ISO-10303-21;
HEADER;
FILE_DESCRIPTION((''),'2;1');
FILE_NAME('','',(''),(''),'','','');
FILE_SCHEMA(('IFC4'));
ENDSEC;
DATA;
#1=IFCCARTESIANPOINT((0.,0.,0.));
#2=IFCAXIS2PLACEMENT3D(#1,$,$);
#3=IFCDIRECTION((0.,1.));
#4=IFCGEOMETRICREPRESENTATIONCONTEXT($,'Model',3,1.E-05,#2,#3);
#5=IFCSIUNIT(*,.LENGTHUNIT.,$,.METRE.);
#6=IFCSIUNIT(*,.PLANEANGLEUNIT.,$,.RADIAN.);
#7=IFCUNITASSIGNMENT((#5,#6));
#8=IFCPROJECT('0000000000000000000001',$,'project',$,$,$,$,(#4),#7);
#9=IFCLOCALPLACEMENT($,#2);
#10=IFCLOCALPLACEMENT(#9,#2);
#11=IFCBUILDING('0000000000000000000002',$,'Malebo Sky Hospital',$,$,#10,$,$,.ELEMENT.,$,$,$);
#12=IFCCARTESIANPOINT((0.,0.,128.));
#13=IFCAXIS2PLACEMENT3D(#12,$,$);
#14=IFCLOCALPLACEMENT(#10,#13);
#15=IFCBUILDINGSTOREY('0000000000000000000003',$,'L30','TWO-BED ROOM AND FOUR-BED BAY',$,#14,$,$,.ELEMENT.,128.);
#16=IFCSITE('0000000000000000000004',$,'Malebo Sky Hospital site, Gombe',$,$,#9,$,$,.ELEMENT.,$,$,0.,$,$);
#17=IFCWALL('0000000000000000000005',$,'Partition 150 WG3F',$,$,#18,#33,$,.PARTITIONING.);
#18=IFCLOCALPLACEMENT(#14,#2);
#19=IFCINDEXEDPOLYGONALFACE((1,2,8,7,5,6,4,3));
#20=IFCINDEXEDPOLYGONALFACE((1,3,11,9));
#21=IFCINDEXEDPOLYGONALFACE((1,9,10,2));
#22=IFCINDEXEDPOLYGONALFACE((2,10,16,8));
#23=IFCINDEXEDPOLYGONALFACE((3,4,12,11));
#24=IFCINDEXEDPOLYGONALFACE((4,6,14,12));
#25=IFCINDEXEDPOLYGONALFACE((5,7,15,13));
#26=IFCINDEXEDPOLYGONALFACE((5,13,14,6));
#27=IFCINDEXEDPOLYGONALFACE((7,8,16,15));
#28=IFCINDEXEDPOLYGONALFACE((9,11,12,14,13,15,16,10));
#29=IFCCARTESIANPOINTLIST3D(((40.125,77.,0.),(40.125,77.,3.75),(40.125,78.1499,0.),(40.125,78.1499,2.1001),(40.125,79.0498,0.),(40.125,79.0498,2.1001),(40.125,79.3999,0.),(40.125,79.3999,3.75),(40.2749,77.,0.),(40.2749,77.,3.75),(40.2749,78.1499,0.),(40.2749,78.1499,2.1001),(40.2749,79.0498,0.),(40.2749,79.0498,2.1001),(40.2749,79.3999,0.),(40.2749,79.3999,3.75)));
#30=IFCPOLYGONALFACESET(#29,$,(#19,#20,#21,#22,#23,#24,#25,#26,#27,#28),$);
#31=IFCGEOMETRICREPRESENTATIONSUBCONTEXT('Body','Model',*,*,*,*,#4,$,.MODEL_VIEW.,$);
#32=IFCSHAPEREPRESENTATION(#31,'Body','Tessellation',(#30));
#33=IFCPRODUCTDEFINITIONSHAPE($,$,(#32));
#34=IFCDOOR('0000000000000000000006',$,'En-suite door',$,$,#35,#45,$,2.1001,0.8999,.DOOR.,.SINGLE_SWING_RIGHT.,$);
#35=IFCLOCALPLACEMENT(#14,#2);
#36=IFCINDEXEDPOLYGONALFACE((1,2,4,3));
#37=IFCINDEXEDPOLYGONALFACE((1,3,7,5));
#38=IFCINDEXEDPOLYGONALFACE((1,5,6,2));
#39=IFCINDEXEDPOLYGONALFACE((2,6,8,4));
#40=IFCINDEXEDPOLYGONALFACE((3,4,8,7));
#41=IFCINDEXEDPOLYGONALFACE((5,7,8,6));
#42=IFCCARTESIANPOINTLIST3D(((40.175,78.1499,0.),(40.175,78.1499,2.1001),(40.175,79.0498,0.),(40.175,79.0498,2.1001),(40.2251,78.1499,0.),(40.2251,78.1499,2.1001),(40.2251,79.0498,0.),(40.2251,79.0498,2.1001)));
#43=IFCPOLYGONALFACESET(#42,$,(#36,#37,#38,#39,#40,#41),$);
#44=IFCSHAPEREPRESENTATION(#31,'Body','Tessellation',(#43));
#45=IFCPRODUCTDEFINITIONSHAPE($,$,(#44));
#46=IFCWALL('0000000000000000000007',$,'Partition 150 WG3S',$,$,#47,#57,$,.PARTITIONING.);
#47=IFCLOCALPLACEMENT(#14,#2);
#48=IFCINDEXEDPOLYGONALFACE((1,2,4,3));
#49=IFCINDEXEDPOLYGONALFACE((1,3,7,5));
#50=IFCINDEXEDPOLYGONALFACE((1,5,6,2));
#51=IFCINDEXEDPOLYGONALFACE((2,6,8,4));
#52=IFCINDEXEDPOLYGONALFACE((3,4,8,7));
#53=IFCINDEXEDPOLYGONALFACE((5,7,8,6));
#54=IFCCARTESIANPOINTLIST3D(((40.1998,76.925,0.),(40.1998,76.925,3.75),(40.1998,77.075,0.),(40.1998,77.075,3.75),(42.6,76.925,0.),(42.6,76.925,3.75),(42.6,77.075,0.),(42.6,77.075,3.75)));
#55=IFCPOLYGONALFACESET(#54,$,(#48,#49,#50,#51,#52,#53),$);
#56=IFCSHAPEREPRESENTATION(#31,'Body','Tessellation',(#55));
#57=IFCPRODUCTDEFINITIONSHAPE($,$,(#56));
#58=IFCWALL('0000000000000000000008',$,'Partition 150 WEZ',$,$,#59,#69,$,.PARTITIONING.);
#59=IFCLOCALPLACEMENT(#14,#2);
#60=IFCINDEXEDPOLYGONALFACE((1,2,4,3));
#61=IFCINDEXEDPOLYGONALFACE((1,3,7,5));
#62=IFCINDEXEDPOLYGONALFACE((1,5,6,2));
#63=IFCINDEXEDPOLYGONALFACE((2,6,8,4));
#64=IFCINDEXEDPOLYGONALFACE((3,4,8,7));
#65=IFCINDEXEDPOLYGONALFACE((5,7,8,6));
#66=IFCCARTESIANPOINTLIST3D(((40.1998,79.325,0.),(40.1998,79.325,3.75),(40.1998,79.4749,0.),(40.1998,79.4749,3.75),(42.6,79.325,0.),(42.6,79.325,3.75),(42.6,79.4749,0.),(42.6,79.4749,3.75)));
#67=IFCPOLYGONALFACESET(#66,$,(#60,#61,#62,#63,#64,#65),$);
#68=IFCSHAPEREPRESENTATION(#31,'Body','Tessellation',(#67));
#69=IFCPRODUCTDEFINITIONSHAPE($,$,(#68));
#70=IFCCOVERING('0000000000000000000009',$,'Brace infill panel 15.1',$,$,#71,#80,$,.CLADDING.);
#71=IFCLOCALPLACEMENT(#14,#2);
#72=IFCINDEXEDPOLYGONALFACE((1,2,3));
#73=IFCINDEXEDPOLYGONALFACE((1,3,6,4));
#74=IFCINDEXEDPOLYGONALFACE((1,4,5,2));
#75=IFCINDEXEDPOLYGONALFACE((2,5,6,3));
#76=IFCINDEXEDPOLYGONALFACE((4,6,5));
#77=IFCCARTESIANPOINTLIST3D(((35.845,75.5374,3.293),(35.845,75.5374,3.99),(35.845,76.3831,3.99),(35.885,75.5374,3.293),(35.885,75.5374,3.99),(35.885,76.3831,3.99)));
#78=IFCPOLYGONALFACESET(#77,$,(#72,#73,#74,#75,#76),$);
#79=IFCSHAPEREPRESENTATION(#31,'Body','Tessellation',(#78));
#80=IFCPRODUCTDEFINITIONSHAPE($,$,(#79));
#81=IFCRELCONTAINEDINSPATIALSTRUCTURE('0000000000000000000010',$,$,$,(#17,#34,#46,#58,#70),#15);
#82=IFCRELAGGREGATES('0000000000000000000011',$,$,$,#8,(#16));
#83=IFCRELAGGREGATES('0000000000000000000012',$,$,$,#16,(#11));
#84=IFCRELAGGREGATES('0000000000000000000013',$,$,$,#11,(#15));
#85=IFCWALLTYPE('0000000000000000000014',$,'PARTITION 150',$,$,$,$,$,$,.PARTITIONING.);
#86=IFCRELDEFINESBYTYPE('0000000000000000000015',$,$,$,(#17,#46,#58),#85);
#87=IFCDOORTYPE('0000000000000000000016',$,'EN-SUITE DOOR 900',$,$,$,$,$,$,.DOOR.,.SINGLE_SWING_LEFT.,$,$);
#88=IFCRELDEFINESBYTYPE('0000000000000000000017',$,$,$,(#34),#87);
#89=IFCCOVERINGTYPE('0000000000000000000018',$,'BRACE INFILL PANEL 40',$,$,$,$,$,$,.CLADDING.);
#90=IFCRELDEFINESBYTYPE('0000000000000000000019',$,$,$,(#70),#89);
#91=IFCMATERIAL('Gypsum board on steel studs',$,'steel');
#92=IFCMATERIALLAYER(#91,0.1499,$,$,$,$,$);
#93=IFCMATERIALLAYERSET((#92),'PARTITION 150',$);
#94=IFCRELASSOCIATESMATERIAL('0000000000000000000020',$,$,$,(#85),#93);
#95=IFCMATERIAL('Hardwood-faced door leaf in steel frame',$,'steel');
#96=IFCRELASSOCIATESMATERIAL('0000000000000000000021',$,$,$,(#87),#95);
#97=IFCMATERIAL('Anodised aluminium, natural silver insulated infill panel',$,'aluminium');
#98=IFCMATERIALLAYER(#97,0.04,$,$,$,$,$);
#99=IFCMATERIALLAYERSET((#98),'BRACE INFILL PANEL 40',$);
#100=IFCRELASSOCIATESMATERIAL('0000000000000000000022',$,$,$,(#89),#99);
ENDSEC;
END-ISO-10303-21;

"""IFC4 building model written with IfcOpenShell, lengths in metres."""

from ifc_helpers import new_model, si_unit, direction, frame, frame_2d, origin, place, context, subcontext, project, spatial, polyline, rectangle, outline, extrude, material, layer, layer_set, type_object, element, fill, save


model = new_model("IFC4")

# Units and contexts
model_context = context("Model", 3, precision=1e-05, world=origin(), true_north=direction((0.0, 1.0)))
body_context = subcontext(model_context, "Body", "Model", "MODEL_VIEW")
ifc_project = project(units=[si_unit("LENGTHUNIT", "METRE"), si_unit("PLANEANGLEUNIT", "RADIAN")], contexts=[model_context])

# Site, building, storey
site_placement = place(None, origin())
site = spatial("IfcSite", under=ifc_project, at=site_placement, Name="Malebo Sky Hospital site, Gombe", CompositionType="ELEMENT", RefElevation=0.0)
building_placement = place(site_placement, origin())
building = spatial("IfcBuilding", under=site, at=building_placement, Name="Malebo Sky Hospital", CompositionType="ELEMENT")
storey_placement = place(building_placement, frame((0.0, 0.0, 128.0)))
storey = spatial("IfcBuildingStorey", under=building, at=storey_placement, Name="L30", Description="TWO-BED ROOM AND FOUR-BED BAY", CompositionType="ELEMENT", Elevation=128.0)

# Shared definitions
ifc_material_1 = material(Name="Gypsum board on steel studs", Category="steel")
ifc_material_2 = material(Name="Hardwood-faced door leaf in steel frame", Category="steel")

# Shared definitions
ifc_layer_1 = layer(ifc_material_1, 0.1499)
ifc_layer_set_1 = layer_set([ifc_layer_1], Name="PARTITION 150")
wall_type_1 = type_object("IfcWallType", Name="PARTITION 150", PredefinedType="PARTITIONING", material=ifc_layer_set_1)

# Wall, opening, door
wall_1_placement = place(storey_placement, frame((40.2, 77.0, 0.0), z_axis=(0.0, 0.0, 1.0), x_axis=(0.0, 1.0, 0.0)))
wall_1 = element("IfcWall", 1, at=wall_1_placement, inside=storey, type_object=wall_type_1, Name="Partition 150 WG3F", PredefinedType="PARTITIONING", context=body_context, shape_type="SweptSolid", body=[
    extrude(rectangle(XDim=2.3999, YDim=0.1499, at=frame_2d((1.2, 0.0))), origin(), (0.0, 0.0, 1.0), 3.75),
])
opening_1_placement = place(wall_1_placement, frame((1.1499, 0.0, 0.0)))
opening_1 = element("IfcOpeningElement", 2, at=opening_1_placement, cuts=wall_1, PredefinedType="OPENING", context=body_context, shape_type="SweptSolid", body=[
    extrude(rectangle(XDim=0.8999, YDim=2.1001, at=frame_2d((0.45, 1.05))), frame((0.0, 0.085, 0.0), z_axis=(0.0, -1.0, 0.0), x_axis=(1.0, 0.0, 0.0)), (0.0, 0.0, 1.0), 0.1699),
])
door_type_1 = type_object("IfcDoorType", Name="EN-SUITE DOOR 900", OperationType="SINGLE_SWING_LEFT", PredefinedType="DOOR", material=ifc_material_2)
door_1_placement = place(opening_1_placement, origin())
door_1 = element("IfcDoor", 3, at=door_1_placement, inside=storey, type_object=door_type_1, Name="En-suite door", OperationType="SINGLE_SWING_RIGHT", OverallHeight=2.1001, OverallWidth=0.8999, PredefinedType="DOOR", context=body_context, shape_type="SweptSolid", body=[
    extrude(rectangle(XDim=0.8999, YDim=2.1001, at=frame_2d((0.45, 1.05))), frame((0.0, 0.0249, 0.0), z_axis=(0.0, -1.0, 0.0), x_axis=(1.0, 0.0, 0.0)), (0.0, 0.0, 1.0), 0.05),
])
fill(opening_1, door_1)

# Walls
for number, where, z_axis, x_axis, name in (
    (4, (42.6001, 77.0, 0.0), (0.0, 0.0, 1.0), (-1.0, 0.0, 0.0), "Partition 150 WG3S"),
    (5, (42.6001, 79.3999, 0.0), (0.0, 0.0, 1.0), (-1.0, 0.0, 0.0), "Partition 150 WEZ"),
):
    element("IfcWall", number, at=place(storey_placement, frame(where, z_axis=z_axis, x_axis=x_axis)), inside=storey, type_object=wall_type_1, Name=name, PredefinedType="PARTITIONING", context=body_context, shape_type="SweptSolid", body=[
        extrude(rectangle(XDim=2.4001, YDim=0.1499, at=frame_2d((1.2002, 0.0))), origin(), (0.0, 0.0, 1.0), 3.75),
    ])

# Covering
ifc_material_3 = material(Name="Anodised aluminium, natural silver insulated infill panel", Category="aluminium")
ifc_layer_2 = layer(ifc_material_3, 0.04)
ifc_layer_set_2 = layer_set([ifc_layer_2], Name="BRACE INFILL PANEL 40")
covering_type = type_object("IfcCoveringType", Name="BRACE INFILL PANEL 40", PredefinedType="CLADDING", material=ifc_layer_set_2)
covering_placement = place(storey_placement, frame((35.865, 75.9602, 3.293), z_axis=(0.0, 0.0, 1.0), x_axis=(0.0, 1.0, 0.0)))
element("IfcCovering", 6, at=covering_placement, inside=storey, type_object=covering_type, Name="Brace infill panel 15.1", PredefinedType="CLADDING", context=body_context, shape_type="SweptSolid", body=[
    extrude(outline(polyline([(-0.4229, 0.0), (0.4229, 0.697), (-0.4229, 0.697), (-0.4229, 0.0)])), frame((0.0, 0.02, 0.0), z_axis=(0.0, -1.0, 0.0), x_axis=(1.0, 0.0, 0.0)), (0.0, 0.0, 1.0), 0.04),
])

save(model, "model.ifc")
